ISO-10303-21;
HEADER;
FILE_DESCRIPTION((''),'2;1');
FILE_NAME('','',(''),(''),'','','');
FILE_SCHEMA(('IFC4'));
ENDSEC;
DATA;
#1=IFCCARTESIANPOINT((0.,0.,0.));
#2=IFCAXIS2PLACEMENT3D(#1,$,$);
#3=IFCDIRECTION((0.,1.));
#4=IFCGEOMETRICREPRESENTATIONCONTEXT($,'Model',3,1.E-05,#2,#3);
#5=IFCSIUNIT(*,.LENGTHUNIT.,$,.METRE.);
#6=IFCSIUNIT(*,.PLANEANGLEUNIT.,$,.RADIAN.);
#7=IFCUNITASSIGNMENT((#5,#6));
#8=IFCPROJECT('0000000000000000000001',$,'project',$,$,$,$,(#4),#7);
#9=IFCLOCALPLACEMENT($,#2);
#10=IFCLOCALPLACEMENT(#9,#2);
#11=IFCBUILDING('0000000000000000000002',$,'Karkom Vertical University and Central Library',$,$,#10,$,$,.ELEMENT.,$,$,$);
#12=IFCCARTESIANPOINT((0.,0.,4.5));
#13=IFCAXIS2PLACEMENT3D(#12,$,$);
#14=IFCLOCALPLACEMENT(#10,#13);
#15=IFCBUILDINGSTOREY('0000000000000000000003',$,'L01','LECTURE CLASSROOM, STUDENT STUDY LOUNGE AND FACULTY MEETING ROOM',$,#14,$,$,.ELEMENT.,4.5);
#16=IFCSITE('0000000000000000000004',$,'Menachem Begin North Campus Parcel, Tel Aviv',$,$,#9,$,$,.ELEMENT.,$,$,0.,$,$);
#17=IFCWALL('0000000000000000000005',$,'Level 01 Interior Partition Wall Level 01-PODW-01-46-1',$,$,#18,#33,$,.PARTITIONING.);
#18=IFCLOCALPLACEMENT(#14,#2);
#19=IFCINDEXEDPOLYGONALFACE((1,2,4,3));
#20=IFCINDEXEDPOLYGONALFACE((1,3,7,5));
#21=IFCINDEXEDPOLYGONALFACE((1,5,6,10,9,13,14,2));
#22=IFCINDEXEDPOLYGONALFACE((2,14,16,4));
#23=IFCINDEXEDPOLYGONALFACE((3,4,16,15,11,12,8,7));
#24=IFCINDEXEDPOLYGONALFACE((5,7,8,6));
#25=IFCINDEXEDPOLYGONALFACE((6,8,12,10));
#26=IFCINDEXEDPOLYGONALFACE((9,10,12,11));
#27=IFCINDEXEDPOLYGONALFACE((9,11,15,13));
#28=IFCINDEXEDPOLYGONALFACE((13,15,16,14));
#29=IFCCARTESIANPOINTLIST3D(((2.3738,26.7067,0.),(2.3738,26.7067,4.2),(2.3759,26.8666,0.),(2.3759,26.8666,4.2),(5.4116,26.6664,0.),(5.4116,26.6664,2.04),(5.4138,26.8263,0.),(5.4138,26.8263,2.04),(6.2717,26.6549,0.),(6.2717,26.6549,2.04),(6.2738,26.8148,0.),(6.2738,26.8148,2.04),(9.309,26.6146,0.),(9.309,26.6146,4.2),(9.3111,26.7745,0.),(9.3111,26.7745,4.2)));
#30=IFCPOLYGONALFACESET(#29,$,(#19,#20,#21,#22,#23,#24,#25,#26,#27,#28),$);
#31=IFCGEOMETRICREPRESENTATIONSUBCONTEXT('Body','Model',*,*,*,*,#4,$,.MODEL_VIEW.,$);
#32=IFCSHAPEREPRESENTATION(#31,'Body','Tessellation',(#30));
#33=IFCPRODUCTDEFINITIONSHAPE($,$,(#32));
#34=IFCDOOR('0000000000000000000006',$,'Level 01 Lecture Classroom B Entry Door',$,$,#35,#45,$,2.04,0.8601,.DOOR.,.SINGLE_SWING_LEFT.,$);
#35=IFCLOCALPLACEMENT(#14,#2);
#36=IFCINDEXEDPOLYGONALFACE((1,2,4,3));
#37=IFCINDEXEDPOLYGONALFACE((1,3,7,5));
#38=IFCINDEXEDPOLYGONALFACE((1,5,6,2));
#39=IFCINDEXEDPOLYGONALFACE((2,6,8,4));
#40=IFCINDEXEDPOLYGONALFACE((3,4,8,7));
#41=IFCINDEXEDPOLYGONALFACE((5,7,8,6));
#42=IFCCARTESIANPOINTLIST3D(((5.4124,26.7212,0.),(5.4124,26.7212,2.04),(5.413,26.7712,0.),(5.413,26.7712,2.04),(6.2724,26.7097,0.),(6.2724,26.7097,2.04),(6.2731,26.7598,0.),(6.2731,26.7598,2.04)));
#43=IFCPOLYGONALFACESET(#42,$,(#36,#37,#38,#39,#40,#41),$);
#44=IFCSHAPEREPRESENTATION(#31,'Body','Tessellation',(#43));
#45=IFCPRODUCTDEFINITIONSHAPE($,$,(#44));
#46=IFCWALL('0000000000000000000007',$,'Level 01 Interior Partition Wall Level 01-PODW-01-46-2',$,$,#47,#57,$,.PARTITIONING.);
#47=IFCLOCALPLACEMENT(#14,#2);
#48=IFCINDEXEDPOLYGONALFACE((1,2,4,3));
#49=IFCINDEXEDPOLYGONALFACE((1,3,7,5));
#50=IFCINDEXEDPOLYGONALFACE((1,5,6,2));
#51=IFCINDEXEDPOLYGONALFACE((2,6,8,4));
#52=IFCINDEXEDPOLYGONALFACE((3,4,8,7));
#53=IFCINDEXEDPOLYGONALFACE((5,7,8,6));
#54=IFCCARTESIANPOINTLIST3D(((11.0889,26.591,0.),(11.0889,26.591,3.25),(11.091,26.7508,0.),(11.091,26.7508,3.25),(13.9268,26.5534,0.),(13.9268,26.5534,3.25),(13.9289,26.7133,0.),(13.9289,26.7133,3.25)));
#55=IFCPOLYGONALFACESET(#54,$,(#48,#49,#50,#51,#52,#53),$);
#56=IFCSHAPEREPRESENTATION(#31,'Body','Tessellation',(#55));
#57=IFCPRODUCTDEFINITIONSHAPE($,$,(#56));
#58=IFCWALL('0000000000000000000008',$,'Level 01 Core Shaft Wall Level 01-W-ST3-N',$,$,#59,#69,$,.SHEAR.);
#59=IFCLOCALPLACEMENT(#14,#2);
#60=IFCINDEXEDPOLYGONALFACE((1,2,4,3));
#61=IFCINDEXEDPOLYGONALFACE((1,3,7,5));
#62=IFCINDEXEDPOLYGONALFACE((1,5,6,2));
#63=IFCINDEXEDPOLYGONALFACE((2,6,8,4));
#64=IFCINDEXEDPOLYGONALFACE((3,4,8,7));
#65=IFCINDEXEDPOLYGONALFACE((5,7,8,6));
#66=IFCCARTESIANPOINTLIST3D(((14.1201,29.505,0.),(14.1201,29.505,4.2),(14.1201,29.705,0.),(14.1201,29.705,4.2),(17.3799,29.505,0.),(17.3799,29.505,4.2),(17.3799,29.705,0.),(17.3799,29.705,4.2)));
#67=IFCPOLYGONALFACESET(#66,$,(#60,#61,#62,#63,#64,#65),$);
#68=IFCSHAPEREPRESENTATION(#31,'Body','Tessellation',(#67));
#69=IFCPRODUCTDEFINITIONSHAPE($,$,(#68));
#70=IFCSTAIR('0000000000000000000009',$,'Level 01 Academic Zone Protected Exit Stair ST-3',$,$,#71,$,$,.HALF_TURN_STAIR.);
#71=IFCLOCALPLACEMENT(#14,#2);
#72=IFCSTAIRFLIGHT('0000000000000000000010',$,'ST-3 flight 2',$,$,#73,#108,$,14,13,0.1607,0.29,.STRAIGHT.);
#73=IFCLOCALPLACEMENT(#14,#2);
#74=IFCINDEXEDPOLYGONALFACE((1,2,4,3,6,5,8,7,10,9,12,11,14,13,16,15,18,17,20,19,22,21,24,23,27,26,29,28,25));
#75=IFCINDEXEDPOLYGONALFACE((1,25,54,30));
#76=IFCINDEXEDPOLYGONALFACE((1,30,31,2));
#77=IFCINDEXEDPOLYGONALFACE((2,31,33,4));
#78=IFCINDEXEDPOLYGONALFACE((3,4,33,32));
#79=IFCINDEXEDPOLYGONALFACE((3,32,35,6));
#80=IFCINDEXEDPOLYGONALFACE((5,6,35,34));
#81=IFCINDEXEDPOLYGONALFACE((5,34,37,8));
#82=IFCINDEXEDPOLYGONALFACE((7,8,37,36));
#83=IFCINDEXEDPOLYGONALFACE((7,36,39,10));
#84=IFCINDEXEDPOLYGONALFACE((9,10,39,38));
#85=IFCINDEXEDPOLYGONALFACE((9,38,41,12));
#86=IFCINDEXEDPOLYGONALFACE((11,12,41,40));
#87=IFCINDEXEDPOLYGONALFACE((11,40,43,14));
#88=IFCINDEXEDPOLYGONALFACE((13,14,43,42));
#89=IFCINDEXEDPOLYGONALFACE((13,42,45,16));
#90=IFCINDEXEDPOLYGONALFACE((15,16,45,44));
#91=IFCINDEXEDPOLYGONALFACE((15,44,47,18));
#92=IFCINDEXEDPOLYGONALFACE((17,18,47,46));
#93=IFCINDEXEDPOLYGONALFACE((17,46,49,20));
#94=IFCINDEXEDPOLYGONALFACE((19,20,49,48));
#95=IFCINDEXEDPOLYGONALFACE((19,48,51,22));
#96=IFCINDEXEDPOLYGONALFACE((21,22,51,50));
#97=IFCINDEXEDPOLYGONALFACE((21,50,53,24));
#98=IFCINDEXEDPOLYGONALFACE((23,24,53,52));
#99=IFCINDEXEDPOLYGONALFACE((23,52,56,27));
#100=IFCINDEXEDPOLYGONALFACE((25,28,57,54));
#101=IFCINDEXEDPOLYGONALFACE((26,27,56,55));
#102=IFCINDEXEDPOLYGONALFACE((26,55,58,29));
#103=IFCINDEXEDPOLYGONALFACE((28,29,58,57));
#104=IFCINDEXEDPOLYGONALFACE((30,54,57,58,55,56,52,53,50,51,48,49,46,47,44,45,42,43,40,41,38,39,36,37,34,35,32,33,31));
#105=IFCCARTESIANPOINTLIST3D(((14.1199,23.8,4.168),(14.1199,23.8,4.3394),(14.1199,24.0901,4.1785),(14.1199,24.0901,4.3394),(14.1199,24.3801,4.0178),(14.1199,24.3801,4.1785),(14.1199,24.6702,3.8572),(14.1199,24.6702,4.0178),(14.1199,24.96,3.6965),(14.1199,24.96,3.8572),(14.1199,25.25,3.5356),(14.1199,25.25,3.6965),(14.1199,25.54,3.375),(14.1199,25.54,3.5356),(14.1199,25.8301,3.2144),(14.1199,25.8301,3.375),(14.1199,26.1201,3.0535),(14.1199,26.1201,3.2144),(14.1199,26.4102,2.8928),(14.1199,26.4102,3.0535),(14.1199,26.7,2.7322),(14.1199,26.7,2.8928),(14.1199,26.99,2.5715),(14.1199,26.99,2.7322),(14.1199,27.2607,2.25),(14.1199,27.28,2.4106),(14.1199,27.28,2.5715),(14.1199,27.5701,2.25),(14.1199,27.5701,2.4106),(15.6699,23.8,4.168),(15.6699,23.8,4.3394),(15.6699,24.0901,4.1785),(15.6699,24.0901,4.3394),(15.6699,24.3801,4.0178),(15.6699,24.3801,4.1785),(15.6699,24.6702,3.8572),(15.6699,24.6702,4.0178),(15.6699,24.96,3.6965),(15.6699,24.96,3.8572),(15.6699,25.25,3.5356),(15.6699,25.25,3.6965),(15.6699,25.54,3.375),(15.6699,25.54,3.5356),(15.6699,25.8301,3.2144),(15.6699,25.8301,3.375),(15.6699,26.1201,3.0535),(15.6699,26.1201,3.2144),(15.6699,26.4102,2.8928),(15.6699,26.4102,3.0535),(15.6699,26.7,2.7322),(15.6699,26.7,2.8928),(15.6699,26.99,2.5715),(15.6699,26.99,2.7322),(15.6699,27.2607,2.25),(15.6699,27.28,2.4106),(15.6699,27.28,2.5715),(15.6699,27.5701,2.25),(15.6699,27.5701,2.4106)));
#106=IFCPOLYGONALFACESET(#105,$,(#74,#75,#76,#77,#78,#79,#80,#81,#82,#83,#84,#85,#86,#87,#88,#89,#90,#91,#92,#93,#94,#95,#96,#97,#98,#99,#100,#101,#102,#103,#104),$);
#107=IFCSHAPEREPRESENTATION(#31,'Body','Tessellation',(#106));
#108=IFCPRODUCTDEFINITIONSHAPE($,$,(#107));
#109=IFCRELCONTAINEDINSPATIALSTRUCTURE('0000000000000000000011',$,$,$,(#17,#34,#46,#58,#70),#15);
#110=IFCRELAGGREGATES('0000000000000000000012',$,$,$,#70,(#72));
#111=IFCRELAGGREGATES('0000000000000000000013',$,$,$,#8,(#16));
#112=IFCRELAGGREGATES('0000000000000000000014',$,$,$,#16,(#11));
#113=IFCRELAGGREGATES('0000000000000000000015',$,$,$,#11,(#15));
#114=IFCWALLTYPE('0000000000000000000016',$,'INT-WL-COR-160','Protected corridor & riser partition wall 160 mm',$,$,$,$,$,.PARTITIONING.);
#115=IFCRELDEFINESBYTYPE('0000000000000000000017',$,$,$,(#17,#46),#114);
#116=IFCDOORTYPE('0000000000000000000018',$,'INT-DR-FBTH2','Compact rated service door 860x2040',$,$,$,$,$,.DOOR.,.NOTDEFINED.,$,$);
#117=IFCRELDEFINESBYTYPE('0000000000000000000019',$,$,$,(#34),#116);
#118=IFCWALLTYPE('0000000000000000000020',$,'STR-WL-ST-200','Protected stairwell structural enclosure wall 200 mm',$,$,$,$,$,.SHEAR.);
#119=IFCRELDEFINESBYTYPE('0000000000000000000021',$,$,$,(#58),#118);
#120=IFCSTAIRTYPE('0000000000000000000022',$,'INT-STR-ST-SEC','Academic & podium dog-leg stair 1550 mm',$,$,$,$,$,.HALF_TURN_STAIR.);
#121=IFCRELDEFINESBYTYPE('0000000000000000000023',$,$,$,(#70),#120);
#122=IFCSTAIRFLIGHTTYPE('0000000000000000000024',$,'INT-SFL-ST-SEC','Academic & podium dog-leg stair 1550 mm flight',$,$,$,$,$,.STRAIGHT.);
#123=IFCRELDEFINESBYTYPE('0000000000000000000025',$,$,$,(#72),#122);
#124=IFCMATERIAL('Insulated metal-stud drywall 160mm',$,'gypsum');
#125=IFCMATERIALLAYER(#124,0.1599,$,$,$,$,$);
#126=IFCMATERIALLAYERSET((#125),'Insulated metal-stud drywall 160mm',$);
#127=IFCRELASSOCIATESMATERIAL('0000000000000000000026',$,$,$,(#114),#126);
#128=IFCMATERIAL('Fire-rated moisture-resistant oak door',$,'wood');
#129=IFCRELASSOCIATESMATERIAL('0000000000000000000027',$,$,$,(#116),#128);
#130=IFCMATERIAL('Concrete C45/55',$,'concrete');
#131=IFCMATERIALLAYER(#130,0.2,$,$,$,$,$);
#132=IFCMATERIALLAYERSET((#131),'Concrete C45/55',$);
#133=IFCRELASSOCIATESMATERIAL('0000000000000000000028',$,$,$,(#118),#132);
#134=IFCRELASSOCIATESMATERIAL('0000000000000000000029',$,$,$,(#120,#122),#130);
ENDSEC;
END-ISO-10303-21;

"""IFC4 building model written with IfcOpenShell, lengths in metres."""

from ifc_helpers import new_model, si_unit, direction, frame, frame_2d, origin, origin_with_axes, place, context, subcontext, project, spatial, polyline, rectangle, outline, extrude, source, transform, mapped, material, layer, layer_set, type_object, element, fill, aggregate, save


model = new_model("IFC4")

# Units and contexts
model_context = context("Model", 3, precision=1e-05, world=origin(), true_north=direction((0.0, 1.0)))
body_context = subcontext(model_context, "Body", "Model", "MODEL_VIEW")
ifc_project = project(units=[si_unit("LENGTHUNIT", "METRE"), si_unit("PLANEANGLEUNIT", "RADIAN")], contexts=[model_context])

# Site, building, storey
site_placement = place(None, origin())
site = spatial("IfcSite", under=ifc_project, at=site_placement, Name="Menachem Begin North Campus Parcel, Tel Aviv", CompositionType="ELEMENT", RefElevation=0.0)
building_placement = place(site_placement, origin())
building = spatial("IfcBuilding", under=site, at=building_placement, Name="Karkom Vertical University and Central Library", CompositionType="ELEMENT")
storey_placement = place(building_placement, frame((0.0, 0.0, 4.5)))
storey = spatial("IfcBuildingStorey", under=building, at=storey_placement, Name="L01", Description="LECTURE CLASSROOM, STUDENT STUDY LOUNGE AND FACULTY MEETING ROOM", CompositionType="ELEMENT", Elevation=4.5)

# Wall, opening, door
ifc_material_1 = material(Name="Insulated metal-stud drywall 160mm", Category="gypsum")
ifc_layer_1 = layer(ifc_material_1, 0.1599)
ifc_layer_set_1 = layer_set([ifc_layer_1], Name="Insulated metal-stud drywall 160mm")
wall_type_1 = type_object("IfcWallType", Name="INT-WL-COR-160", Description="Protected corridor & riser partition wall 160 mm", PredefinedType="PARTITIONING", material=ifc_layer_set_1)
wall_1_placement = place(storey_placement, frame((2.375, 26.7866, 0.0), z_axis=(0.0, 0.0, 1.0), x_axis=(0.999912, -0.013271, 0.0)))
wall_1 = element("IfcWall", 1, at=wall_1_placement, inside=storey, type_object=wall_type_1, Name="Level 01 Interior Partition Wall Level 01-PODW-01-46-1", PredefinedType="PARTITIONING", context=body_context, shape_type="SweptSolid", body=[
    extrude(rectangle(XDim=6.9358, YDim=0.1599, at=frame_2d((3.4678, 0.0))), origin(), (0.0, 0.0, 1.0), 4.2),
])
opening_1_placement = place(wall_1_placement, frame((3.0378, 0.0, 0.0)))
opening_1 = element("IfcOpeningElement", 2, at=opening_1_placement, cuts=wall_1, PredefinedType="OPENING", context=body_context, shape_type="SweptSolid", body=[
    extrude(rectangle(XDim=0.8601, YDim=2.04, at=frame_2d((0.4302, 1.02))), frame((0.0, 0.0898, 0.0), z_axis=(0.0, -1.0, 0.0), x_axis=(1.0, 0.0, 0.0)), (0.0, 0.0, 1.0), 0.1799),
])
ifc_material_2 = material(Name="Fire-rated moisture-resistant oak door", Category="wood")
door_type_1 = type_object("IfcDoorType", Name="INT-DR-FBTH2", Description="Compact rated service door 860x2040", OperationType="NOTDEFINED", PredefinedType="DOOR", material=ifc_material_2)
shared_shape_1 = source(origin_with_axes(), body_context, "Body", "SweptSolid", [
    extrude(rectangle(XDim=0.8601, YDim=2.04, at=frame_2d((0.4302, 1.02))), frame((0.0, 0.0249, 0.0), z_axis=(0.0, -1.0, 0.0), x_axis=(1.0, 0.0, 0.0)), (0.0, 0.0, 1.0), 0.05),
])
door_1_placement = place(opening_1_placement, origin())
door_1 = element("IfcDoor", 3, at=door_1_placement, inside=storey, type_object=door_type_1, Name="Level 01 Lecture Classroom B Entry Door", OperationType="SINGLE_SWING_LEFT", OverallHeight=2.04, OverallWidth=0.8601, PredefinedType="DOOR", context=body_context, shape_type="MappedRepresentation", body=[
    mapped(shared_shape_1, transform((0.0, 0.0, 0.0), scale=1.0)),
])
fill(opening_1, door_1)

# Walls
wall_2_placement = place(storey_placement, frame((11.0901, 26.6709, 0.0), z_axis=(0.0, 0.0, 1.0), x_axis=(0.999912, -0.013247, 0.0)))
element("IfcWall", 4, at=wall_2_placement, inside=storey, type_object=wall_type_1, Name="Level 01 Interior Partition Wall Level 01-PODW-01-46-2", PredefinedType="PARTITIONING", context=body_context, shape_type="SweptSolid", body=[
    extrude(rectangle(XDim=2.8381, YDim=0.1599, at=frame_2d((1.4189, 0.0))), origin(), (0.0, 0.0, 1.0), 3.25),
])
ifc_material_3 = material(Name="Concrete C45/55", Category="concrete")
ifc_layer_2 = layer(ifc_material_3, 0.2)
ifc_layer_set_2 = layer_set([ifc_layer_2], Name="Concrete C45/55")
wall_type_2 = type_object("IfcWallType", Name="STR-WL-ST-200", Description="Protected stairwell structural enclosure wall 200 mm", PredefinedType="SHEAR", material=ifc_layer_set_2)
wall_3_placement = place(storey_placement, frame((14.1201, 29.605, 0.0), z_axis=(0.0, 0.0, 1.0), x_axis=(1.0, 0.0, 0.0)))
element("IfcWall", 5, at=wall_3_placement, inside=storey, type_object=wall_type_2, Name="Level 01 Core Shaft Wall Level 01-W-ST3-N", PredefinedType="SHEAR", context=body_context, shape_type="SweptSolid", body=[
    extrude(rectangle(XDim=3.2598, YDim=0.2, at=frame_2d((1.6299, 0.0))), origin(), (0.0, 0.0, 1.0), 4.2),
])

# Stair, stair flight
stair_type = type_object("IfcStairType", Name="INT-STR-ST-SEC", Description="Academic & podium dog-leg stair 1550 mm", PredefinedType="HALF_TURN_STAIR", material=ifc_material_3)
stair_placement = place(storey_placement, origin())
stair = element("IfcStair", 6, at=stair_placement, inside=storey, type_object=stair_type, Name="Level 01 Academic Zone Protected Exit Stair ST-3", PredefinedType="HALF_TURN_STAIR")
stair_flight_type = type_object("IfcStairFlightType", Name="INT-SFL-ST-SEC", Description="Academic & podium dog-leg stair 1550 mm flight", PredefinedType="STRAIGHT", material=ifc_material_3)
stair_flight_placement = place(storey_placement, frame((14.895, 27.5701, 2.25), z_axis=(0.0, 0.0, 1.0), x_axis=(0.0, -1.0, 0.0)))
stair_flight = element("IfcStairFlight", 7, at=stair_flight_placement, type_object=stair_flight_type, Name="ST-3 flight 2", NumberOfRisers=14, NumberOfTreads=13, PredefinedType="STRAIGHT", RiserHeight=0.1607, TreadLength=0.29, context=body_context, shape_type="SweptSolid", body=[
    extrude(outline(polyline([(0.0, 0.0), (0.0, 0.1606), (0.29, 0.1606), (0.29, 0.3215), (0.5801, 0.3215), (0.5801, 0.4822), (0.8701, 0.4822), (0.8701, 0.6428), (1.1599, 0.6428), (1.1599, 0.8035), (1.45, 0.8035), (1.45, 0.9644), (1.74, 0.9644), (1.74, 1.125), (2.03, 1.125), (2.03, 1.2856), (2.3201, 1.2856), (2.3201, 1.4465), (2.6101, 1.4465), (2.6101, 1.6072), (2.8999, 1.6072), (2.8999, 1.7678), (3.1899, 1.7678), (3.1899, 1.9285), (3.48, 1.9285), (3.48, 2.0894), (3.77, 2.0894), (3.77, 2.25), (3.77, 1.918), (0.3093, 0.0), (0.0, 0.0)])), frame((0.0, 0.7749, 0.0), z_axis=(0.0, -1.0, 0.0), x_axis=(1.0, 0.0, 0.0)), (0.0, 0.0, 1.0), 1.55),
])
aggregate(stair, [stair_flight])

save(model, "model.ifc")
